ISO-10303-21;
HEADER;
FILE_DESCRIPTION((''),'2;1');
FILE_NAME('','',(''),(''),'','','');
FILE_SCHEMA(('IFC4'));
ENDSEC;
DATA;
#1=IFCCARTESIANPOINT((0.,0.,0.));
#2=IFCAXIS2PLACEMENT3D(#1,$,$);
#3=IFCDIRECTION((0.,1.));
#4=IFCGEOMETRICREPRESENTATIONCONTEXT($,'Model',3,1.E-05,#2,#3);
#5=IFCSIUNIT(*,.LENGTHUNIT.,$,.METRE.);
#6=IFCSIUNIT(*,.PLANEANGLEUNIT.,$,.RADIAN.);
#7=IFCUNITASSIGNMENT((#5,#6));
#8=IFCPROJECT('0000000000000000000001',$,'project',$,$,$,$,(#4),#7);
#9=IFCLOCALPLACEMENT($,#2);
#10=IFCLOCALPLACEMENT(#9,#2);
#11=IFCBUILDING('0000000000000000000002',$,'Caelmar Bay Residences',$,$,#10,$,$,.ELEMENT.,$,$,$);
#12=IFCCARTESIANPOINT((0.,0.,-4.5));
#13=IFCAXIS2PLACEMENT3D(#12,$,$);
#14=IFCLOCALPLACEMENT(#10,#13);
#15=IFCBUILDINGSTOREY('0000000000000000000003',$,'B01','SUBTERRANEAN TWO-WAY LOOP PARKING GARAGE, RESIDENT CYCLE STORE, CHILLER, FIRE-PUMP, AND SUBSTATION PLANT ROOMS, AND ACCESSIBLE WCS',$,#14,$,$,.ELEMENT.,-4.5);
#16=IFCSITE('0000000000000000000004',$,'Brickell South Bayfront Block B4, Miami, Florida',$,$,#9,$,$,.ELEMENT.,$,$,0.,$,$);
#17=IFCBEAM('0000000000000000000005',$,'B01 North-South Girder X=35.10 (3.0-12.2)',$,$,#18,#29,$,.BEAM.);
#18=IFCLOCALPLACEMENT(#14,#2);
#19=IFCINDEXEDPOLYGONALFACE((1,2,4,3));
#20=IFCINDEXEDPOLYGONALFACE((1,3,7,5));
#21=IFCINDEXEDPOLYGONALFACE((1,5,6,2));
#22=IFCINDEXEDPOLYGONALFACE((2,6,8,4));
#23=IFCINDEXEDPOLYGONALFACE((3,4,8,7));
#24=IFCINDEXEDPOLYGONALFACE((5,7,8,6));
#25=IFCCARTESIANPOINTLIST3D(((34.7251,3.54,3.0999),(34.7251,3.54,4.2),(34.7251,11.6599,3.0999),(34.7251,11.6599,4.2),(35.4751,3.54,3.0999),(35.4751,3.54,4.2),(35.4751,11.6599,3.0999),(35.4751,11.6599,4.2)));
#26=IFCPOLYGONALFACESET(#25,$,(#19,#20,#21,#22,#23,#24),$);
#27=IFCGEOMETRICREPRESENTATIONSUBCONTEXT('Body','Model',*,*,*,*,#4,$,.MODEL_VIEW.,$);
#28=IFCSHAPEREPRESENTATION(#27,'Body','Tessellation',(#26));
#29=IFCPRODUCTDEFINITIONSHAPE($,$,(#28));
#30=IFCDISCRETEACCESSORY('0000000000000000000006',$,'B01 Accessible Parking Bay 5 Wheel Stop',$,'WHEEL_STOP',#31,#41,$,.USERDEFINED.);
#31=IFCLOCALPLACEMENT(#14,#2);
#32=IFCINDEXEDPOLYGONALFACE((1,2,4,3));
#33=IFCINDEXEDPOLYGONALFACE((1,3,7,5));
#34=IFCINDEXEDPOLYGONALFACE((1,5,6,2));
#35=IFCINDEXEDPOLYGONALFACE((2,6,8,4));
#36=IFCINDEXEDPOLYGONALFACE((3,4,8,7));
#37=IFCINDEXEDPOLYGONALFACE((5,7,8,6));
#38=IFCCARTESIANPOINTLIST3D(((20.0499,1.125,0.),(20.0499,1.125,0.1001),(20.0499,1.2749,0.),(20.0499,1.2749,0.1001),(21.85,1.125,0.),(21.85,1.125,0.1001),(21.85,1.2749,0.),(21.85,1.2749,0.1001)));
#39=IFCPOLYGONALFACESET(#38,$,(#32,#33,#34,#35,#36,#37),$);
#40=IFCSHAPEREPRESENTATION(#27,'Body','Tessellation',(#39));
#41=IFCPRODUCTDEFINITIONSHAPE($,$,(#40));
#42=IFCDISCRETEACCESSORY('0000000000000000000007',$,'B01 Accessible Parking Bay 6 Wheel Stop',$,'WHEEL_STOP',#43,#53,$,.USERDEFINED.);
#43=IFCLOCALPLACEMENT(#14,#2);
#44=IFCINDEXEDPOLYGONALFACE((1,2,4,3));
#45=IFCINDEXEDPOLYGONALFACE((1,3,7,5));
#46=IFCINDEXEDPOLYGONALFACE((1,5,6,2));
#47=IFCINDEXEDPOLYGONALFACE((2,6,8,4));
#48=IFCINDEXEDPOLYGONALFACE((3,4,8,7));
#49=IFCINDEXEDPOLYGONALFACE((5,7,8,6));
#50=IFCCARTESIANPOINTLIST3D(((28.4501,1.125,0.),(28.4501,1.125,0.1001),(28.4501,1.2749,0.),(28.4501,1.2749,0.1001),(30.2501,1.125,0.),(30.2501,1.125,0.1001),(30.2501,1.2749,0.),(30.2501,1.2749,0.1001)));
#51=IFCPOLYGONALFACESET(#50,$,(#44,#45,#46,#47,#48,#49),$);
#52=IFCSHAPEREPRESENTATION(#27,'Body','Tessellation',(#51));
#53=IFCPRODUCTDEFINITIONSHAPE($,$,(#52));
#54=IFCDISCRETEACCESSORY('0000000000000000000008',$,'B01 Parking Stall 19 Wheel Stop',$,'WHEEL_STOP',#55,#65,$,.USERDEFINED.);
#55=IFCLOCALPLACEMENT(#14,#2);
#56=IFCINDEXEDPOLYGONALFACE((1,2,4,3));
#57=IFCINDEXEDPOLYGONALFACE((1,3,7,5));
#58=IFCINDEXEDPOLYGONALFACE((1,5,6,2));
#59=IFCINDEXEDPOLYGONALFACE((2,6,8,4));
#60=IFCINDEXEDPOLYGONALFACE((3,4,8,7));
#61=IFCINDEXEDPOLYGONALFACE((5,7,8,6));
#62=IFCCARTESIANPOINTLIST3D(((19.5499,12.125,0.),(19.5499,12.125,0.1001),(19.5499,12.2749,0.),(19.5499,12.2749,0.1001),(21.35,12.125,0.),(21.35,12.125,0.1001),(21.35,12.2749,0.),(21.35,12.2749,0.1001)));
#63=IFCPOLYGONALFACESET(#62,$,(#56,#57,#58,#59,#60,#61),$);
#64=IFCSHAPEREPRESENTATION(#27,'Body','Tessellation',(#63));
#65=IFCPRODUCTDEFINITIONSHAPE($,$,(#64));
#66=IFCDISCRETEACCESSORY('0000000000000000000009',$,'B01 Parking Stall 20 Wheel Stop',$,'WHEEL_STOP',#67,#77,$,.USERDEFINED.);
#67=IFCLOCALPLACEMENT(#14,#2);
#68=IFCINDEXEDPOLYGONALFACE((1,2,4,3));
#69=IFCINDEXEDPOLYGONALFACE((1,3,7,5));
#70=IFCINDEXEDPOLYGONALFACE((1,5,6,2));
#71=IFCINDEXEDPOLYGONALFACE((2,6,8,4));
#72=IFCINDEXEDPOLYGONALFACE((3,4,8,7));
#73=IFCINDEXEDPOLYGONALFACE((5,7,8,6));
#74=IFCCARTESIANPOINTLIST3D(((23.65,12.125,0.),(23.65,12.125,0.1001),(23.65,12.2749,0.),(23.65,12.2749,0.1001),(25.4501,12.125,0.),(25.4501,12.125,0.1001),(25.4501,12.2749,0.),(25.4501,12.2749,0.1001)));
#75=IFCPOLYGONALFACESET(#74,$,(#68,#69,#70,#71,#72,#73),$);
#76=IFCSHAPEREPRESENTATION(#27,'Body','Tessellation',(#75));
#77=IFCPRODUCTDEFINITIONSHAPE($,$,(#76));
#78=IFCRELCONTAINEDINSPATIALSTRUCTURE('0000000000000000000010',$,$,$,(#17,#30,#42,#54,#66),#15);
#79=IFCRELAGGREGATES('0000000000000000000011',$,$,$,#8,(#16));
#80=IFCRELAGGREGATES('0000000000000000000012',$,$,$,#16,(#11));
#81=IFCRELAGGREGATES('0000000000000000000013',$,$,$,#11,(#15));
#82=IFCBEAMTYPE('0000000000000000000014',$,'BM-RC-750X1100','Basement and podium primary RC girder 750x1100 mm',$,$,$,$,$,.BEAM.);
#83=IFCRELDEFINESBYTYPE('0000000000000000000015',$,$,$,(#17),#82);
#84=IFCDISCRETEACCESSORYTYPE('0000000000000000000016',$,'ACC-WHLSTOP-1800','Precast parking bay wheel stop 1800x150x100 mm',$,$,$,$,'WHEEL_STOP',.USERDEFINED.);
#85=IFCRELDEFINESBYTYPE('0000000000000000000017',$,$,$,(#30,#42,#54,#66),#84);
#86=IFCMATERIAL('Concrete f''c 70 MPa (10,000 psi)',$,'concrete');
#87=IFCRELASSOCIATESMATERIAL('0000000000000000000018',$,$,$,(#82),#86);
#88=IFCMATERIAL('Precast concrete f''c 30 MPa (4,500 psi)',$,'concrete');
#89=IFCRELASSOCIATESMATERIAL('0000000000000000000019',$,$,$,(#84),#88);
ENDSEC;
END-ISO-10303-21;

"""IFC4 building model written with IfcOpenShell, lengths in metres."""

from ifc_helpers import new_model, si_unit, direction, frame, origin, origin_2d, place, context, subcontext, project, spatial, rectangle, extrude, material, material_profile, profile_set, type_object, element, save


model = new_model("IFC4")

# Units and contexts
model_context = context("Model", 3, precision=1e-05, world=origin(), true_north=direction((0.0, 1.0)))
body_context = subcontext(model_context, "Body", "Model", "MODEL_VIEW")
ifc_project = project(units=[si_unit("LENGTHUNIT", "METRE"), si_unit("PLANEANGLEUNIT", "RADIAN")], contexts=[model_context])

# Site, building, storey
site_placement = place(None, origin())
site = spatial("IfcSite", under=ifc_project, at=site_placement, Name="Brickell South Bayfront Block B4, Miami, Florida", CompositionType="ELEMENT", RefElevation=0.0)
building_placement = place(site_placement, origin())
building = spatial("IfcBuilding", under=site, at=building_placement, Name="Caelmar Bay Residences", CompositionType="ELEMENT")
storey_placement = place(building_placement, frame((0.0, 0.0, -4.5)))
storey = spatial("IfcBuildingStorey", under=building, at=storey_placement, Name="B01", Description="SUBTERRANEAN TWO-WAY LOOP PARKING GARAGE, RESIDENT CYCLE STORE, CHILLER, FIRE-PUMP, AND SUBSTATION PLANT ROOMS, AND ACCESSIBLE WCS", CompositionType="ELEMENT", Elevation=-4.5)

# Shared definitions
ifc_material_1 = material(Name="Concrete f'c 70 MPa (10,000 psi)", Category="concrete")

# Beam
ifc_material_profile_1 = material_profile(ifc_material_1, rectangle(XDim=0.75, YDim=1.1001, at=origin_2d()), Name="RC-BM-750X1100")
ifc_profile_set_1 = profile_set([ifc_material_profile_1], Name="Concrete f'c 70 MPa (10,000 psi)")
beam_type_1 = type_object("IfcBeamType", Name="BM-RC-750X1100", Description="Basement and podium primary RC girder 750x1100 mm", PredefinedType="BEAM", material=ifc_profile_set_1)
for number, where, z_axis, x_axis, name in (
    (1, (35.1001, 3.54, 3.6499), (0.0, 1.0, 0.0), (-1.0, 0.0, 0.0), "B01 North-South Girder X=35.10 (3.0-12.2)"),
):
    element("IfcBeam", number, at=place(storey_placement, frame(where, z_axis=z_axis, x_axis=x_axis)), inside=storey, type_object=beam_type_1, Name=name, PredefinedType="BEAM", context=body_context, shape_type="SweptSolid", body=[
        extrude(rectangle(XDim=0.75, YDim=1.1001, at=origin_2d()), origin(), (0.0, 0.0, 1.0), 8.1199),
    ])

# Discrete accessories
ifc_material_2 = material(Name="Precast concrete f'c 30 MPa (4,500 psi)", Category="concrete")
discrete_accessory_type = type_object("IfcDiscreteAccessoryType", Name="ACC-WHLSTOP-1800", Description="Precast parking bay wheel stop 1800x150x100 mm", ElementType="WHEEL_STOP", PredefinedType="USERDEFINED", material=ifc_material_2)
for number, where, z_axis, x_axis, name in (
    (2, (20.95, 1.2, 0.0), (0.0, 0.0, 1.0), (1.0, 0.0, 0.0), "B01 Accessible Parking Bay 5 Wheel Stop"),
    (3, (29.3501, 1.2, 0.0), (0.0, 0.0, 1.0), (1.0, 0.0, 0.0), "B01 Accessible Parking Bay 6 Wheel Stop"),
    (4, (20.45, 12.2, 0.0), (0.0, 0.0, 1.0), (1.0, 0.0, 0.0), "B01 Parking Stall 19 Wheel Stop"),
    (5, (24.55, 12.2, 0.0), (0.0, 0.0, 1.0), (1.0, 0.0, 0.0), "B01 Parking Stall 20 Wheel Stop"),
):
    element("IfcDiscreteAccessory", number, at=place(storey_placement, frame(where, z_axis=z_axis, x_axis=x_axis)), inside=storey, type_object=discrete_accessory_type, Name=name, ObjectType="WHEEL_STOP", PredefinedType="USERDEFINED", context=body_context, shape_type="SweptSolid", body=[
        extrude(rectangle(XDim=1.8, YDim=0.1499, at=origin_2d()), origin(), (0.0, 0.0, 1.0), 0.1001),
    ])

save(model, "model.ifc")
